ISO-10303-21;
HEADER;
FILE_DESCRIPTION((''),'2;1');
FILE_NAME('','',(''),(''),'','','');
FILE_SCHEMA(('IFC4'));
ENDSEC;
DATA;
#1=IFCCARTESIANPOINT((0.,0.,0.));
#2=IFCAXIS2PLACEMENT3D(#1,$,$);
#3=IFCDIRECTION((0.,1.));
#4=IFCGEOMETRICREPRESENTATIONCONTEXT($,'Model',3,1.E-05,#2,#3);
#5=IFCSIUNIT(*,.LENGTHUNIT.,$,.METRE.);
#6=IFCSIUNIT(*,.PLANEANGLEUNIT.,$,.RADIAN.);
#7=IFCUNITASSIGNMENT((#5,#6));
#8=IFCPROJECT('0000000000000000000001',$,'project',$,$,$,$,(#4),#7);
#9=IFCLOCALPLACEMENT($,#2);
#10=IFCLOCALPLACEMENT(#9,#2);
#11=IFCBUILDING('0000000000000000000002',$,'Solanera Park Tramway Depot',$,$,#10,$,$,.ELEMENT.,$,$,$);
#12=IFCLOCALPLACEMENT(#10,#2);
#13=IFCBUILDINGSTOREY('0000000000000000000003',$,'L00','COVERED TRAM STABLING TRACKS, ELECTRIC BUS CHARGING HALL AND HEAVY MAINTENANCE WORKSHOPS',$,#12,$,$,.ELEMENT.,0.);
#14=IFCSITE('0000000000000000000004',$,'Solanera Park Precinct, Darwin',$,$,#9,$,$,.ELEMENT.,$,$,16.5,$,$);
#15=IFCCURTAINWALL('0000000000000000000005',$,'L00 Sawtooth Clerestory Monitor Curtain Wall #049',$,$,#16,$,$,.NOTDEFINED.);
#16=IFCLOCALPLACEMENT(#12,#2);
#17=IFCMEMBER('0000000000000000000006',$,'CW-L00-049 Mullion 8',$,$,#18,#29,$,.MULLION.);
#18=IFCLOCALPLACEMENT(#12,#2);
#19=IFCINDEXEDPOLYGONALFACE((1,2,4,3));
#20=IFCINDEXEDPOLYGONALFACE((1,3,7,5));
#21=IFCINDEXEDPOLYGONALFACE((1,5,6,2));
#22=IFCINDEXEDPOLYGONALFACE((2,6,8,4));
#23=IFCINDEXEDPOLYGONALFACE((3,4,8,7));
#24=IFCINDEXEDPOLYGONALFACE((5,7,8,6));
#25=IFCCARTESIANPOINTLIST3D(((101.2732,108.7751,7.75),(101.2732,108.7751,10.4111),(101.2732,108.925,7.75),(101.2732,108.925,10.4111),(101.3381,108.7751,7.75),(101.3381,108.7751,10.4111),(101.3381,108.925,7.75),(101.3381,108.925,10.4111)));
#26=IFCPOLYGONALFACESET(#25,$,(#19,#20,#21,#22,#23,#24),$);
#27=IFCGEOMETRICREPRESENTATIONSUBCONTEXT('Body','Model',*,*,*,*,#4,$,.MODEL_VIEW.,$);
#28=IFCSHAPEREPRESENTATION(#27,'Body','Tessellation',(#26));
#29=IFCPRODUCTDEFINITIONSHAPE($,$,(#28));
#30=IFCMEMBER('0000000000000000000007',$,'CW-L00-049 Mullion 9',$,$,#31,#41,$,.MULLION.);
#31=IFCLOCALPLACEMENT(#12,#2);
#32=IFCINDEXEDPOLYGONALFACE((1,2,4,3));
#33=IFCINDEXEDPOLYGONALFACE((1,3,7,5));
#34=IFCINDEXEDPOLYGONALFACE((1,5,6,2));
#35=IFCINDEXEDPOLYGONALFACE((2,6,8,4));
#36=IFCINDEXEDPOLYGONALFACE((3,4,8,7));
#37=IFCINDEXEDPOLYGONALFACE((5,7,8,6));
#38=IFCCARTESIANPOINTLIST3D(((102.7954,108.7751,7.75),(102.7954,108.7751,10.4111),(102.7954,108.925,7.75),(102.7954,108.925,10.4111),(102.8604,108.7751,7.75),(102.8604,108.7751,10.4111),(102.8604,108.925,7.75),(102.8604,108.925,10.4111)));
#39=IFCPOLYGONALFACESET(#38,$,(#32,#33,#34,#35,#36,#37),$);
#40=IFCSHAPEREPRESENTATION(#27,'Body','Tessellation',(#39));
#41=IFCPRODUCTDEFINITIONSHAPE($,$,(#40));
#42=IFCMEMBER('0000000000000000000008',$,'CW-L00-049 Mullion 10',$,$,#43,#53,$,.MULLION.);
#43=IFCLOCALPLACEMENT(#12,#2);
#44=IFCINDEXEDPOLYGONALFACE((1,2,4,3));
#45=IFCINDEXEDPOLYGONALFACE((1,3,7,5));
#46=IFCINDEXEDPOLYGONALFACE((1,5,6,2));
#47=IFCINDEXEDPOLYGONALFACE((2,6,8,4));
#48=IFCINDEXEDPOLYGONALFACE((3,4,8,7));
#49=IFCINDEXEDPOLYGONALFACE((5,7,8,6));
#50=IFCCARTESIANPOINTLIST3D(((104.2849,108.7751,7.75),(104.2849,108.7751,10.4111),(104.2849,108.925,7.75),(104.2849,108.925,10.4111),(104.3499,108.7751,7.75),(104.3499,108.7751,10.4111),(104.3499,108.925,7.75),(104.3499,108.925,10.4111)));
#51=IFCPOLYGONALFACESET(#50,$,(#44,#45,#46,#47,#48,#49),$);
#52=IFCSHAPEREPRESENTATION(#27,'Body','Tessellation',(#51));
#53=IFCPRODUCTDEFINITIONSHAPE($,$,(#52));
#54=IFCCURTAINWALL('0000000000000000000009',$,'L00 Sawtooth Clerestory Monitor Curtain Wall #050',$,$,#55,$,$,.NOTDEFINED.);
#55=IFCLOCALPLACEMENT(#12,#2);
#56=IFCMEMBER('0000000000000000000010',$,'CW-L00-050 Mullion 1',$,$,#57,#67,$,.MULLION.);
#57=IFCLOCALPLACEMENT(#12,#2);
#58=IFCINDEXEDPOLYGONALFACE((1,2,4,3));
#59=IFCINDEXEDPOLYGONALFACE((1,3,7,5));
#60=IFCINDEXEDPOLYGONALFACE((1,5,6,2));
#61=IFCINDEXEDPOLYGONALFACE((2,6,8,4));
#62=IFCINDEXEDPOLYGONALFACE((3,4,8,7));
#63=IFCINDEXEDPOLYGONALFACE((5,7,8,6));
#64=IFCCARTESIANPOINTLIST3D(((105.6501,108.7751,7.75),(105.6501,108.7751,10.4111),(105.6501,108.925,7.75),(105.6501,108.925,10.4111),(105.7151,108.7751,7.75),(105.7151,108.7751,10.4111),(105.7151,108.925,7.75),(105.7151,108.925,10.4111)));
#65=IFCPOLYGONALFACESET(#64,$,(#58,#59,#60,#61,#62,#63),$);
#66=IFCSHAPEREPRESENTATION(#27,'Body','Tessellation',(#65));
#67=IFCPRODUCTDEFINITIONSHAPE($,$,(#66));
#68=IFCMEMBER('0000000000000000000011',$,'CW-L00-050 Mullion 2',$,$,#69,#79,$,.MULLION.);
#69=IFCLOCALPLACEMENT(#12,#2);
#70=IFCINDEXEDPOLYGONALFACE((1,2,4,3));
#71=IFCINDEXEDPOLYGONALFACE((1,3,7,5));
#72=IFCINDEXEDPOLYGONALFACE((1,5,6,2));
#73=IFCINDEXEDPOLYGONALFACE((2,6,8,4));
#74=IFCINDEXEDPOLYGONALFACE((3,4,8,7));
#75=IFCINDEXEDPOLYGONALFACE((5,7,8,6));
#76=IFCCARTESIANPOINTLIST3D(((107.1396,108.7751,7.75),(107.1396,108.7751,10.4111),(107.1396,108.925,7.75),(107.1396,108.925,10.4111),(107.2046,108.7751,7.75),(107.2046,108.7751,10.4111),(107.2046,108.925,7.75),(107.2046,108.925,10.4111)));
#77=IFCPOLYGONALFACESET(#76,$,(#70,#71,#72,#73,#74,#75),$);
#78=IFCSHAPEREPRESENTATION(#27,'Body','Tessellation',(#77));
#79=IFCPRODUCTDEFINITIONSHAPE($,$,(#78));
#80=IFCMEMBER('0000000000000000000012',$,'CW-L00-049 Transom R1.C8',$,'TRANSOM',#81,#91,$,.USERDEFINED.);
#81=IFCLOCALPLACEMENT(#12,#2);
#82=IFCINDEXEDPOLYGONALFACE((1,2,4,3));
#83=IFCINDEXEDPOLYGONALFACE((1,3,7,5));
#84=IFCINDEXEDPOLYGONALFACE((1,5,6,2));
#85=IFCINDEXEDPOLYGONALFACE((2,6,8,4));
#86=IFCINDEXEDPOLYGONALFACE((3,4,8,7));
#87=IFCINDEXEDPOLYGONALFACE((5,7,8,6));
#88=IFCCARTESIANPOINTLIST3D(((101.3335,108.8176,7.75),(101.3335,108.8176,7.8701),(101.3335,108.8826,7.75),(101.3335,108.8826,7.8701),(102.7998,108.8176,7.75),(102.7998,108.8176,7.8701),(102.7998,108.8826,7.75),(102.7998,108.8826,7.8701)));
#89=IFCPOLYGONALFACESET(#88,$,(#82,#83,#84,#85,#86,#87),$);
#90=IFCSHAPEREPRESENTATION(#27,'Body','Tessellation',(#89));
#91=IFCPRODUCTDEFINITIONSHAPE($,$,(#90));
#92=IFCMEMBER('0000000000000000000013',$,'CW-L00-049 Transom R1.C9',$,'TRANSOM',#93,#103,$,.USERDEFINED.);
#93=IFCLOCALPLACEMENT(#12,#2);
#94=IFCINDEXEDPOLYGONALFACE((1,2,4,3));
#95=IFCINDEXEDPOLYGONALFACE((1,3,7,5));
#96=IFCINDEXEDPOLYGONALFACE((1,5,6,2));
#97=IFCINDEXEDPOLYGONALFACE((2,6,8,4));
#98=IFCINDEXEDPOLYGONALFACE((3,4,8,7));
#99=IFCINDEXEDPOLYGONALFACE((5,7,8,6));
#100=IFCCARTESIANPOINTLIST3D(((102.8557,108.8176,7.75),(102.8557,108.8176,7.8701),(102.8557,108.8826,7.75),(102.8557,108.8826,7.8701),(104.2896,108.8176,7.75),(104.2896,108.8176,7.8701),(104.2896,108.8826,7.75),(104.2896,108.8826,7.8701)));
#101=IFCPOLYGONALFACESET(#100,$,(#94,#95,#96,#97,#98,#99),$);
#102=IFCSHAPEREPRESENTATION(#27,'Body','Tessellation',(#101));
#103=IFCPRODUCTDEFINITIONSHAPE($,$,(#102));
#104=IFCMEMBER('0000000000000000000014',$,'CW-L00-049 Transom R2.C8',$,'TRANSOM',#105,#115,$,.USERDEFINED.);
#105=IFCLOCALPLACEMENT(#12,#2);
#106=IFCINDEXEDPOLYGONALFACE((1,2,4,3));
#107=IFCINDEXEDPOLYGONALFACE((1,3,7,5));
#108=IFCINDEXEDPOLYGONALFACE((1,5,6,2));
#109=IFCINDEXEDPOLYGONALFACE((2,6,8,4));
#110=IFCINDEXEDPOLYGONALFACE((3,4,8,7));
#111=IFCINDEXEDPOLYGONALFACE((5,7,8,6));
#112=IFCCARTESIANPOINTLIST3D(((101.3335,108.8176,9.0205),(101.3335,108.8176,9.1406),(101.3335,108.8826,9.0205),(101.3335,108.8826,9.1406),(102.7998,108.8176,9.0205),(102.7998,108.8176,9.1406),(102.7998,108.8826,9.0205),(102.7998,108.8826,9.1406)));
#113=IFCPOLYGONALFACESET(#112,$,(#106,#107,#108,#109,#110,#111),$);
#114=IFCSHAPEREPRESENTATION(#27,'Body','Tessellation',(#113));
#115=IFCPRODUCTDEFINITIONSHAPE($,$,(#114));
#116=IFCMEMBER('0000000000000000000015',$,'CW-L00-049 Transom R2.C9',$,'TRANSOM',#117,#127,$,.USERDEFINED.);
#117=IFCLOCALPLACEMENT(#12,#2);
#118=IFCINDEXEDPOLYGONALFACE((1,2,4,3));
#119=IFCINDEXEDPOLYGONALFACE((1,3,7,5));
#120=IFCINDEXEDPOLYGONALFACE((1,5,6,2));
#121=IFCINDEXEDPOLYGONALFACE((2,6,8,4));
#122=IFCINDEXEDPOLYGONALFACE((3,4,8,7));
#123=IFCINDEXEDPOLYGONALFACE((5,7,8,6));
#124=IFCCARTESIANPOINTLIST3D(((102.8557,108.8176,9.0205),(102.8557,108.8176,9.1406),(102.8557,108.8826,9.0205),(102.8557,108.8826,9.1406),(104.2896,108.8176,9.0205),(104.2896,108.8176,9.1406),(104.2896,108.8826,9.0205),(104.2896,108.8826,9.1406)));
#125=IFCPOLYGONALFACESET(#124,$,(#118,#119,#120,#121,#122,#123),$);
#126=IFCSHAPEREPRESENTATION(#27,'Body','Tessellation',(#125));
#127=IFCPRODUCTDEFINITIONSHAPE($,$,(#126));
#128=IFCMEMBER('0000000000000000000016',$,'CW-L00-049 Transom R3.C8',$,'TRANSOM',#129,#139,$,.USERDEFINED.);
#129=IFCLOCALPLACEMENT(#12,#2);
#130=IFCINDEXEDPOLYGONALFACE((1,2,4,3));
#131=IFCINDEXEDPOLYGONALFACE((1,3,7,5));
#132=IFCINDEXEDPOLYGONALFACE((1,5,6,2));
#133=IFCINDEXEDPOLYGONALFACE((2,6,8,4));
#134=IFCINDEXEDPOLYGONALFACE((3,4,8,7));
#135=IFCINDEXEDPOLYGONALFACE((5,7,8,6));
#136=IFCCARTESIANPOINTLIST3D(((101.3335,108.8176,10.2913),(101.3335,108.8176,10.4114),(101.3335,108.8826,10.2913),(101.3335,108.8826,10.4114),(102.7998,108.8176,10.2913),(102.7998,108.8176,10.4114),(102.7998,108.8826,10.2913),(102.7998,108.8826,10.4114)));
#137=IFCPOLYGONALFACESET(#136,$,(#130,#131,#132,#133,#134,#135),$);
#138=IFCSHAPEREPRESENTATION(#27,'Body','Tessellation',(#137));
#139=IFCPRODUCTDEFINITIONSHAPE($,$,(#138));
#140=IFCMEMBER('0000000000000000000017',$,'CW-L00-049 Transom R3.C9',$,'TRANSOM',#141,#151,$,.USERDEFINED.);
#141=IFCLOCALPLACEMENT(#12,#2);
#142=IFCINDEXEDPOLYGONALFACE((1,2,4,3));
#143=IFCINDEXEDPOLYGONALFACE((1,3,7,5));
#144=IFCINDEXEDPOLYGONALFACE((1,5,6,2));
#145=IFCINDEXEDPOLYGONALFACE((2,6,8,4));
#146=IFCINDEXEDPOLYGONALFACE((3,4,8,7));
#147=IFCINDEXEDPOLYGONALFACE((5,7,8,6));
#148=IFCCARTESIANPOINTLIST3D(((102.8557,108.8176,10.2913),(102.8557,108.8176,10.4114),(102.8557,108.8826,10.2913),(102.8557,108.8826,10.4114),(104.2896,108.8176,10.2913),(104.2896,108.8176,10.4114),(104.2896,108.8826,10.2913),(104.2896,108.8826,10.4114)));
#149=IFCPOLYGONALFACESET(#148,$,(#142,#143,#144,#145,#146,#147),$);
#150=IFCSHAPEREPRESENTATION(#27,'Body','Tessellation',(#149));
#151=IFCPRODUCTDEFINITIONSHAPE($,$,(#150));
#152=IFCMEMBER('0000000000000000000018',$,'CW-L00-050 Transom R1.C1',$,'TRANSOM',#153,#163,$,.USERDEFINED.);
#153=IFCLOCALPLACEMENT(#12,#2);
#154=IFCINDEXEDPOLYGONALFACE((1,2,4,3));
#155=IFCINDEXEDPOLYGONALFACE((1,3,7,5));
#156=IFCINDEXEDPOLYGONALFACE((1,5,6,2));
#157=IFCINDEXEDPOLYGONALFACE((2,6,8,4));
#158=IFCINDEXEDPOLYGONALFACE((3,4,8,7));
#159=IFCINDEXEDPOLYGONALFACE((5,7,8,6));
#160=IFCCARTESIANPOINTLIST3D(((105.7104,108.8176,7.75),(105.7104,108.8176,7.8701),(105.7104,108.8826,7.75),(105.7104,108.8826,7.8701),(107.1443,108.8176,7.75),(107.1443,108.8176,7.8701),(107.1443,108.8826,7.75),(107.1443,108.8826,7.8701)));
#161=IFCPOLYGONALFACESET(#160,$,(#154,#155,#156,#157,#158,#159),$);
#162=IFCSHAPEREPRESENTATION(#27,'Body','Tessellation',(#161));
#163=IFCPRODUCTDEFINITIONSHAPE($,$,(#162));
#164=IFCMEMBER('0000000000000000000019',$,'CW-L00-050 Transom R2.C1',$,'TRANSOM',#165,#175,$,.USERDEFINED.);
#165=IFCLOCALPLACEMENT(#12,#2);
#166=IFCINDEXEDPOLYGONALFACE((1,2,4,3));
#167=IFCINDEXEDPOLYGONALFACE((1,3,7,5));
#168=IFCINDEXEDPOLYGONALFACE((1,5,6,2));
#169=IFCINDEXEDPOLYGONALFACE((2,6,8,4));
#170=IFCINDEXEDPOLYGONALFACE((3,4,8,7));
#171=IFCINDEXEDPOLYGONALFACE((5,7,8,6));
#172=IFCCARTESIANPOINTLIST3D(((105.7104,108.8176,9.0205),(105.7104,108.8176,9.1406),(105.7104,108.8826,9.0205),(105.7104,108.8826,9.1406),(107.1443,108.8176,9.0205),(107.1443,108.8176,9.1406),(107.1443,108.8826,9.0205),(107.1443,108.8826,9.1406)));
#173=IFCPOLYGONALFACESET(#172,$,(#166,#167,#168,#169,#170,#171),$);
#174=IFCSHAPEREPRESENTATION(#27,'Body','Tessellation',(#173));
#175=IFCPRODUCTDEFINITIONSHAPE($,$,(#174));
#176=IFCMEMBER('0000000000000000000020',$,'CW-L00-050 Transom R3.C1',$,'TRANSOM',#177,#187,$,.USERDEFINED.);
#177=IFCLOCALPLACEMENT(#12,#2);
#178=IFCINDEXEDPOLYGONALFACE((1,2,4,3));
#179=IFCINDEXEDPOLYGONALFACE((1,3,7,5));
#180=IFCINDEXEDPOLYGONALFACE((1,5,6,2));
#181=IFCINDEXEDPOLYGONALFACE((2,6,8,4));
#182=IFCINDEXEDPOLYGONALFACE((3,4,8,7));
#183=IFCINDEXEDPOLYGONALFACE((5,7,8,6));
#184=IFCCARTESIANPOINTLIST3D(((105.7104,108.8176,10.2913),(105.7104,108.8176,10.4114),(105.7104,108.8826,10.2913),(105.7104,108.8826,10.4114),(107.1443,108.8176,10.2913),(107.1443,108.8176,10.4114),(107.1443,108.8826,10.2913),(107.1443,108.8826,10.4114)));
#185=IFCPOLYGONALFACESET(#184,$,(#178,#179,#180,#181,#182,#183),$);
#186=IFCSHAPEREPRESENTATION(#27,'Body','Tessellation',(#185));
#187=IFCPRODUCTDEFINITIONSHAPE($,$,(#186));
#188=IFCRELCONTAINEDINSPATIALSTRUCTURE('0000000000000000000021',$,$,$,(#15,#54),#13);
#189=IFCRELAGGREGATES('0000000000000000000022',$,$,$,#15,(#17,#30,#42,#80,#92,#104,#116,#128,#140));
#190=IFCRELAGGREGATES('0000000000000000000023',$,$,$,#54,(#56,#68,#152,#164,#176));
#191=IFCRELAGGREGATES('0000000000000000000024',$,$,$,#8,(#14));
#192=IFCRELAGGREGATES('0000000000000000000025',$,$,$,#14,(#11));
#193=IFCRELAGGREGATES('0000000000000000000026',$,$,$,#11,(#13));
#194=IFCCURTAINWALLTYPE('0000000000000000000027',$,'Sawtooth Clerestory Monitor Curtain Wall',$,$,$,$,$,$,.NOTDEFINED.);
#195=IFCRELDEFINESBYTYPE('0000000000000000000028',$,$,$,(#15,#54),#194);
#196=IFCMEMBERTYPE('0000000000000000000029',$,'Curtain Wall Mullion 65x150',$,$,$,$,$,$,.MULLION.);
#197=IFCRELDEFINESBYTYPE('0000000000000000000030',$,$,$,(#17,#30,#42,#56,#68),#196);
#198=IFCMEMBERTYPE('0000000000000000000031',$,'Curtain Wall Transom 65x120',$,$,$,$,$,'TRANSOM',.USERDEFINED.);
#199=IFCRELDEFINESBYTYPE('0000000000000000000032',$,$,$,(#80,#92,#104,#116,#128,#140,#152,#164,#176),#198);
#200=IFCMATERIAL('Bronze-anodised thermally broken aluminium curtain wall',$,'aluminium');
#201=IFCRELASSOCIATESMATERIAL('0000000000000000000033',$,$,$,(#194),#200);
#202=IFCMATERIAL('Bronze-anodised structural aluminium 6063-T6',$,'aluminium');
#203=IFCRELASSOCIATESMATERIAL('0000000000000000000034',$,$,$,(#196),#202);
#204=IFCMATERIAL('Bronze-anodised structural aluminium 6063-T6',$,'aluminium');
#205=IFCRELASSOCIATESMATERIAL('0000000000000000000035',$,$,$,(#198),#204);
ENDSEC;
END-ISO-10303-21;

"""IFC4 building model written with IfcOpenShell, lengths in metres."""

from ifc_helpers import new_model, si_unit, direction, frame, origin, origin_2d, place, context, subcontext, project, spatial, rectangle, extrude, material, material_profile, profile_set, type_object, element, aggregate, save


model = new_model("IFC4")

# Units and contexts
model_context = context("Model", 3, precision=1e-05, world=origin(), true_north=direction((0.0, 1.0)))
body_context = subcontext(model_context, "Body", "Model", "MODEL_VIEW")
ifc_project = project(units=[si_unit("LENGTHUNIT", "METRE"), si_unit("PLANEANGLEUNIT", "RADIAN")], contexts=[model_context])

# Site, building, storey
site_placement = place(None, origin())
site = spatial("IfcSite", under=ifc_project, at=site_placement, Name="Solanera Park Precinct, Darwin", CompositionType="ELEMENT", RefElevation=16.5)
building_placement = place(site_placement, origin())
building = spatial("IfcBuilding", under=site, at=building_placement, Name="Solanera Park Tramway Depot", CompositionType="ELEMENT")
storey_placement = place(building_placement, origin())
storey = spatial("IfcBuildingStorey", under=building, at=storey_placement, Name="L00", Description="COVERED TRAM STABLING TRACKS, ELECTRIC BUS CHARGING HALL AND HEAVY MAINTENANCE WORKSHOPS", CompositionType="ELEMENT", Elevation=0.0)

# Curtain walls, members
ifc_material_1 = material(Name="Bronze-anodised thermally broken aluminium curtain wall", Category="aluminium")
curtain_wall_type = type_object("IfcCurtainWallType", Name="Sawtooth Clerestory Monitor Curtain Wall", PredefinedType="NOTDEFINED", material=ifc_material_1)
curtain_wall_1_placement = place(storey_placement, origin())
curtain_wall_1 = element("IfcCurtainWall", 1, at=curtain_wall_1_placement, inside=storey, type_object=curtain_wall_type, Name="L00 Sawtooth Clerestory Monitor Curtain Wall #049", PredefinedType="NOTDEFINED")
ifc_material_2 = material(Name="Bronze-anodised structural aluminium 6063-T6", Category="aluminium")
ifc_material_profile_1 = material_profile(ifc_material_2, rectangle(XDim=0.0649, YDim=0.1499, at=origin_2d()), Name="Curtain Wall Mullion 65x150")
ifc_profile_set_1 = profile_set([ifc_material_profile_1], Name="Bronze-anodised structural aluminium 6063-T6")
member_type_1 = type_object("IfcMemberType", Name="Curtain Wall Mullion 65x150", PredefinedType="MULLION", material=ifc_profile_set_1)
member_1_placement = place(storey_placement, frame((101.3057, 108.8501, 7.75), z_axis=(0.0, 0.0, 1.0), x_axis=(1.0, 0.0, 0.0)))
member_1 = element("IfcMember", 2, at=member_1_placement, type_object=member_type_1, Name="CW-L00-049 Mullion 8", PredefinedType="MULLION", context=body_context, shape_type="SweptSolid", body=[
    extrude(rectangle(XDim=0.0649, YDim=0.1499, at=origin_2d()), origin(), (0.0, 0.0, 1.0), 2.6611),
])
member_2_placement = place(storey_placement, frame((102.8279, 108.8501, 7.75), z_axis=(0.0, 0.0, 1.0), x_axis=(1.0, 0.0, 0.0)))
member_2 = element("IfcMember", 3, at=member_2_placement, type_object=member_type_1, Name="CW-L00-049 Mullion 9", PredefinedType="MULLION", context=body_context, shape_type="SweptSolid", body=[
    extrude(rectangle(XDim=0.0649, YDim=0.1499, at=origin_2d()), origin(), (0.0, 0.0, 1.0), 2.6611),
])
member_3_placement = place(storey_placement, frame((104.3174, 108.8501, 7.75), z_axis=(0.0, 0.0, 1.0), x_axis=(1.0, 0.0, 0.0)))
member_3 = element("IfcMember", 4, at=member_3_placement, type_object=member_type_1, Name="CW-L00-049 Mullion 10", PredefinedType="MULLION", context=body_context, shape_type="SweptSolid", body=[
    extrude(rectangle(XDim=0.0649, YDim=0.1499, at=origin_2d()), origin(), (0.0, 0.0, 1.0), 2.6611),
])
curtain_wall_2_placement = place(storey_placement, origin())
curtain_wall_2 = element("IfcCurtainWall", 5, at=curtain_wall_2_placement, inside=storey, type_object=curtain_wall_type, Name="L00 Sawtooth Clerestory Monitor Curtain Wall #050", PredefinedType="NOTDEFINED")
member_4_placement = place(storey_placement, frame((105.6826, 108.8501, 7.75), z_axis=(0.0, 0.0, 1.0), x_axis=(1.0, 0.0, 0.0)))
member_4 = element("IfcMember", 6, at=member_4_placement, type_object=member_type_1, Name="CW-L00-050 Mullion 1", PredefinedType="MULLION", context=body_context, shape_type="SweptSolid", body=[
    extrude(rectangle(XDim=0.0649, YDim=0.1499, at=origin_2d()), origin(), (0.0, 0.0, 1.0), 2.6611),
])
member_5_placement = place(storey_placement, frame((107.1721, 108.8501, 7.75), z_axis=(0.0, 0.0, 1.0), x_axis=(1.0, 0.0, 0.0)))
member_5 = element("IfcMember", 7, at=member_5_placement, type_object=member_type_1, Name="CW-L00-050 Mullion 2", PredefinedType="MULLION", context=body_context, shape_type="SweptSolid", body=[
    extrude(rectangle(XDim=0.0649, YDim=0.1499, at=origin_2d()), origin(), (0.0, 0.0, 1.0), 2.6611),
])

# Members
ifc_material_3 = material(Name="Bronze-anodised structural aluminium 6063-T6", Category="aluminium")
ifc_material_profile_2 = material_profile(ifc_material_3, rectangle(XDim=0.0649, YDim=0.1201, at=origin_2d()), Name="Curtain Wall Transom 65x120")
ifc_profile_set_2 = profile_set([ifc_material_profile_2], Name="Bronze-anodised structural aluminium 6063-T6")
member_type_2 = type_object("IfcMemberType", Name="Curtain Wall Transom 65x120", ElementType="TRANSOM", PredefinedType="USERDEFINED", material=ifc_profile_set_2)
member_6_placement = place(storey_placement, frame((101.3335, 108.8501, 7.8101), z_axis=(1.0, 0.0, 0.0), x_axis=(0.0, 1.0, 0.0)))
member_6 = element("IfcMember", 8, at=member_6_placement, type_object=member_type_2, Name="CW-L00-049 Transom R1.C8", ObjectType="TRANSOM", PredefinedType="USERDEFINED", context=body_context, shape_type="SweptSolid", body=[
    extrude(rectangle(XDim=0.0649, YDim=0.1201, at=origin_2d()), origin(), (0.0, 0.0, 1.0), 1.4663),
])
member_7_placement = place(storey_placement, frame((102.8557, 108.8501, 7.8101), z_axis=(1.0, 0.0, 0.0), x_axis=(0.0, 1.0, 0.0)))
member_7 = element("IfcMember", 9, at=member_7_placement, type_object=member_type_2, Name="CW-L00-049 Transom R1.C9", ObjectType="TRANSOM", PredefinedType="USERDEFINED", context=body_context, shape_type="SweptSolid", body=[
    extrude(rectangle(XDim=0.0649, YDim=0.1201, at=origin_2d()), origin(), (0.0, 0.0, 1.0), 1.4338),
])
member_8_placement = place(storey_placement, frame((101.3335, 108.8501, 9.0806), z_axis=(1.0, 0.0, 0.0), x_axis=(0.0, 1.0, 0.0)))
member_8 = element("IfcMember", 10, at=member_8_placement, type_object=member_type_2, Name="CW-L00-049 Transom R2.C8", ObjectType="TRANSOM", PredefinedType="USERDEFINED", context=body_context, shape_type="SweptSolid", body=[
    extrude(rectangle(XDim=0.0649, YDim=0.1201, at=origin_2d()), origin(), (0.0, 0.0, 1.0), 1.4663),
])
member_9_placement = place(storey_placement, frame((102.8557, 108.8501, 9.0806), z_axis=(1.0, 0.0, 0.0), x_axis=(0.0, 1.0, 0.0)))
member_9 = element("IfcMember", 11, at=member_9_placement, type_object=member_type_2, Name="CW-L00-049 Transom R2.C9", ObjectType="TRANSOM", PredefinedType="USERDEFINED", context=body_context, shape_type="SweptSolid", body=[
    extrude(rectangle(XDim=0.0649, YDim=0.1201, at=origin_2d()), origin(), (0.0, 0.0, 1.0), 1.4338),
])
member_10_placement = place(storey_placement, frame((101.3335, 108.8501, 10.3513), z_axis=(1.0, 0.0, 0.0), x_axis=(0.0, 1.0, 0.0)))
member_10 = element("IfcMember", 12, at=member_10_placement, type_object=member_type_2, Name="CW-L00-049 Transom R3.C8", ObjectType="TRANSOM", PredefinedType="USERDEFINED", context=body_context, shape_type="SweptSolid", body=[
    extrude(rectangle(XDim=0.0649, YDim=0.1201, at=origin_2d()), origin(), (0.0, 0.0, 1.0), 1.4663),
])
member_11_placement = place(storey_placement, frame((102.8557, 108.8501, 10.3513), z_axis=(1.0, 0.0, 0.0), x_axis=(0.0, 1.0, 0.0)))
member_11 = element("IfcMember", 13, at=member_11_placement, type_object=member_type_2, Name="CW-L00-049 Transom R3.C9", ObjectType="TRANSOM", PredefinedType="USERDEFINED", context=body_context, shape_type="SweptSolid", body=[
    extrude(rectangle(XDim=0.0649, YDim=0.1201, at=origin_2d()), origin(), (0.0, 0.0, 1.0), 1.4338),
])
member_12_placement = place(storey_placement, frame((105.7104, 108.8501, 7.8101), z_axis=(1.0, 0.0, 0.0), x_axis=(0.0, 1.0, 0.0)))
member_12 = element("IfcMember", 14, at=member_12_placement, type_object=member_type_2, Name="CW-L00-050 Transom R1.C1", ObjectType="TRANSOM", PredefinedType="USERDEFINED", context=body_context, shape_type="SweptSolid", body=[
    extrude(rectangle(XDim=0.0649, YDim=0.1201, at=origin_2d()), origin(), (0.0, 0.0, 1.0), 1.4338),
])
member_13_placement = place(storey_placement, frame((105.7104, 108.8501, 9.0806), z_axis=(1.0, 0.0, 0.0), x_axis=(0.0, 1.0, 0.0)))
member_13 = element("IfcMember", 15, at=member_13_placement, type_object=member_type_2, Name="CW-L00-050 Transom R2.C1", ObjectType="TRANSOM", PredefinedType="USERDEFINED", context=body_context, shape_type="SweptSolid", body=[
    extrude(rectangle(XDim=0.0649, YDim=0.1201, at=origin_2d()), origin(), (0.0, 0.0, 1.0), 1.4338),
])
member_14_placement = place(storey_placement, frame((105.7104, 108.8501, 10.3513), z_axis=(1.0, 0.0, 0.0), x_axis=(0.0, 1.0, 0.0)))
member_14 = element("IfcMember", 16, at=member_14_placement, type_object=member_type_2, Name="CW-L00-050 Transom R3.C1", ObjectType="TRANSOM", PredefinedType="USERDEFINED", context=body_context, shape_type="SweptSolid", body=[
    extrude(rectangle(XDim=0.0649, YDim=0.1201, at=origin_2d()), origin(), (0.0, 0.0, 1.0), 1.4338),
])

aggregate(curtain_wall_1, [member_1, member_2, member_3, member_6, member_7, member_8, member_9, member_10, member_11])
aggregate(curtain_wall_2, [member_4, member_5, member_12, member_13, member_14])

save(model, "model.ifc")
